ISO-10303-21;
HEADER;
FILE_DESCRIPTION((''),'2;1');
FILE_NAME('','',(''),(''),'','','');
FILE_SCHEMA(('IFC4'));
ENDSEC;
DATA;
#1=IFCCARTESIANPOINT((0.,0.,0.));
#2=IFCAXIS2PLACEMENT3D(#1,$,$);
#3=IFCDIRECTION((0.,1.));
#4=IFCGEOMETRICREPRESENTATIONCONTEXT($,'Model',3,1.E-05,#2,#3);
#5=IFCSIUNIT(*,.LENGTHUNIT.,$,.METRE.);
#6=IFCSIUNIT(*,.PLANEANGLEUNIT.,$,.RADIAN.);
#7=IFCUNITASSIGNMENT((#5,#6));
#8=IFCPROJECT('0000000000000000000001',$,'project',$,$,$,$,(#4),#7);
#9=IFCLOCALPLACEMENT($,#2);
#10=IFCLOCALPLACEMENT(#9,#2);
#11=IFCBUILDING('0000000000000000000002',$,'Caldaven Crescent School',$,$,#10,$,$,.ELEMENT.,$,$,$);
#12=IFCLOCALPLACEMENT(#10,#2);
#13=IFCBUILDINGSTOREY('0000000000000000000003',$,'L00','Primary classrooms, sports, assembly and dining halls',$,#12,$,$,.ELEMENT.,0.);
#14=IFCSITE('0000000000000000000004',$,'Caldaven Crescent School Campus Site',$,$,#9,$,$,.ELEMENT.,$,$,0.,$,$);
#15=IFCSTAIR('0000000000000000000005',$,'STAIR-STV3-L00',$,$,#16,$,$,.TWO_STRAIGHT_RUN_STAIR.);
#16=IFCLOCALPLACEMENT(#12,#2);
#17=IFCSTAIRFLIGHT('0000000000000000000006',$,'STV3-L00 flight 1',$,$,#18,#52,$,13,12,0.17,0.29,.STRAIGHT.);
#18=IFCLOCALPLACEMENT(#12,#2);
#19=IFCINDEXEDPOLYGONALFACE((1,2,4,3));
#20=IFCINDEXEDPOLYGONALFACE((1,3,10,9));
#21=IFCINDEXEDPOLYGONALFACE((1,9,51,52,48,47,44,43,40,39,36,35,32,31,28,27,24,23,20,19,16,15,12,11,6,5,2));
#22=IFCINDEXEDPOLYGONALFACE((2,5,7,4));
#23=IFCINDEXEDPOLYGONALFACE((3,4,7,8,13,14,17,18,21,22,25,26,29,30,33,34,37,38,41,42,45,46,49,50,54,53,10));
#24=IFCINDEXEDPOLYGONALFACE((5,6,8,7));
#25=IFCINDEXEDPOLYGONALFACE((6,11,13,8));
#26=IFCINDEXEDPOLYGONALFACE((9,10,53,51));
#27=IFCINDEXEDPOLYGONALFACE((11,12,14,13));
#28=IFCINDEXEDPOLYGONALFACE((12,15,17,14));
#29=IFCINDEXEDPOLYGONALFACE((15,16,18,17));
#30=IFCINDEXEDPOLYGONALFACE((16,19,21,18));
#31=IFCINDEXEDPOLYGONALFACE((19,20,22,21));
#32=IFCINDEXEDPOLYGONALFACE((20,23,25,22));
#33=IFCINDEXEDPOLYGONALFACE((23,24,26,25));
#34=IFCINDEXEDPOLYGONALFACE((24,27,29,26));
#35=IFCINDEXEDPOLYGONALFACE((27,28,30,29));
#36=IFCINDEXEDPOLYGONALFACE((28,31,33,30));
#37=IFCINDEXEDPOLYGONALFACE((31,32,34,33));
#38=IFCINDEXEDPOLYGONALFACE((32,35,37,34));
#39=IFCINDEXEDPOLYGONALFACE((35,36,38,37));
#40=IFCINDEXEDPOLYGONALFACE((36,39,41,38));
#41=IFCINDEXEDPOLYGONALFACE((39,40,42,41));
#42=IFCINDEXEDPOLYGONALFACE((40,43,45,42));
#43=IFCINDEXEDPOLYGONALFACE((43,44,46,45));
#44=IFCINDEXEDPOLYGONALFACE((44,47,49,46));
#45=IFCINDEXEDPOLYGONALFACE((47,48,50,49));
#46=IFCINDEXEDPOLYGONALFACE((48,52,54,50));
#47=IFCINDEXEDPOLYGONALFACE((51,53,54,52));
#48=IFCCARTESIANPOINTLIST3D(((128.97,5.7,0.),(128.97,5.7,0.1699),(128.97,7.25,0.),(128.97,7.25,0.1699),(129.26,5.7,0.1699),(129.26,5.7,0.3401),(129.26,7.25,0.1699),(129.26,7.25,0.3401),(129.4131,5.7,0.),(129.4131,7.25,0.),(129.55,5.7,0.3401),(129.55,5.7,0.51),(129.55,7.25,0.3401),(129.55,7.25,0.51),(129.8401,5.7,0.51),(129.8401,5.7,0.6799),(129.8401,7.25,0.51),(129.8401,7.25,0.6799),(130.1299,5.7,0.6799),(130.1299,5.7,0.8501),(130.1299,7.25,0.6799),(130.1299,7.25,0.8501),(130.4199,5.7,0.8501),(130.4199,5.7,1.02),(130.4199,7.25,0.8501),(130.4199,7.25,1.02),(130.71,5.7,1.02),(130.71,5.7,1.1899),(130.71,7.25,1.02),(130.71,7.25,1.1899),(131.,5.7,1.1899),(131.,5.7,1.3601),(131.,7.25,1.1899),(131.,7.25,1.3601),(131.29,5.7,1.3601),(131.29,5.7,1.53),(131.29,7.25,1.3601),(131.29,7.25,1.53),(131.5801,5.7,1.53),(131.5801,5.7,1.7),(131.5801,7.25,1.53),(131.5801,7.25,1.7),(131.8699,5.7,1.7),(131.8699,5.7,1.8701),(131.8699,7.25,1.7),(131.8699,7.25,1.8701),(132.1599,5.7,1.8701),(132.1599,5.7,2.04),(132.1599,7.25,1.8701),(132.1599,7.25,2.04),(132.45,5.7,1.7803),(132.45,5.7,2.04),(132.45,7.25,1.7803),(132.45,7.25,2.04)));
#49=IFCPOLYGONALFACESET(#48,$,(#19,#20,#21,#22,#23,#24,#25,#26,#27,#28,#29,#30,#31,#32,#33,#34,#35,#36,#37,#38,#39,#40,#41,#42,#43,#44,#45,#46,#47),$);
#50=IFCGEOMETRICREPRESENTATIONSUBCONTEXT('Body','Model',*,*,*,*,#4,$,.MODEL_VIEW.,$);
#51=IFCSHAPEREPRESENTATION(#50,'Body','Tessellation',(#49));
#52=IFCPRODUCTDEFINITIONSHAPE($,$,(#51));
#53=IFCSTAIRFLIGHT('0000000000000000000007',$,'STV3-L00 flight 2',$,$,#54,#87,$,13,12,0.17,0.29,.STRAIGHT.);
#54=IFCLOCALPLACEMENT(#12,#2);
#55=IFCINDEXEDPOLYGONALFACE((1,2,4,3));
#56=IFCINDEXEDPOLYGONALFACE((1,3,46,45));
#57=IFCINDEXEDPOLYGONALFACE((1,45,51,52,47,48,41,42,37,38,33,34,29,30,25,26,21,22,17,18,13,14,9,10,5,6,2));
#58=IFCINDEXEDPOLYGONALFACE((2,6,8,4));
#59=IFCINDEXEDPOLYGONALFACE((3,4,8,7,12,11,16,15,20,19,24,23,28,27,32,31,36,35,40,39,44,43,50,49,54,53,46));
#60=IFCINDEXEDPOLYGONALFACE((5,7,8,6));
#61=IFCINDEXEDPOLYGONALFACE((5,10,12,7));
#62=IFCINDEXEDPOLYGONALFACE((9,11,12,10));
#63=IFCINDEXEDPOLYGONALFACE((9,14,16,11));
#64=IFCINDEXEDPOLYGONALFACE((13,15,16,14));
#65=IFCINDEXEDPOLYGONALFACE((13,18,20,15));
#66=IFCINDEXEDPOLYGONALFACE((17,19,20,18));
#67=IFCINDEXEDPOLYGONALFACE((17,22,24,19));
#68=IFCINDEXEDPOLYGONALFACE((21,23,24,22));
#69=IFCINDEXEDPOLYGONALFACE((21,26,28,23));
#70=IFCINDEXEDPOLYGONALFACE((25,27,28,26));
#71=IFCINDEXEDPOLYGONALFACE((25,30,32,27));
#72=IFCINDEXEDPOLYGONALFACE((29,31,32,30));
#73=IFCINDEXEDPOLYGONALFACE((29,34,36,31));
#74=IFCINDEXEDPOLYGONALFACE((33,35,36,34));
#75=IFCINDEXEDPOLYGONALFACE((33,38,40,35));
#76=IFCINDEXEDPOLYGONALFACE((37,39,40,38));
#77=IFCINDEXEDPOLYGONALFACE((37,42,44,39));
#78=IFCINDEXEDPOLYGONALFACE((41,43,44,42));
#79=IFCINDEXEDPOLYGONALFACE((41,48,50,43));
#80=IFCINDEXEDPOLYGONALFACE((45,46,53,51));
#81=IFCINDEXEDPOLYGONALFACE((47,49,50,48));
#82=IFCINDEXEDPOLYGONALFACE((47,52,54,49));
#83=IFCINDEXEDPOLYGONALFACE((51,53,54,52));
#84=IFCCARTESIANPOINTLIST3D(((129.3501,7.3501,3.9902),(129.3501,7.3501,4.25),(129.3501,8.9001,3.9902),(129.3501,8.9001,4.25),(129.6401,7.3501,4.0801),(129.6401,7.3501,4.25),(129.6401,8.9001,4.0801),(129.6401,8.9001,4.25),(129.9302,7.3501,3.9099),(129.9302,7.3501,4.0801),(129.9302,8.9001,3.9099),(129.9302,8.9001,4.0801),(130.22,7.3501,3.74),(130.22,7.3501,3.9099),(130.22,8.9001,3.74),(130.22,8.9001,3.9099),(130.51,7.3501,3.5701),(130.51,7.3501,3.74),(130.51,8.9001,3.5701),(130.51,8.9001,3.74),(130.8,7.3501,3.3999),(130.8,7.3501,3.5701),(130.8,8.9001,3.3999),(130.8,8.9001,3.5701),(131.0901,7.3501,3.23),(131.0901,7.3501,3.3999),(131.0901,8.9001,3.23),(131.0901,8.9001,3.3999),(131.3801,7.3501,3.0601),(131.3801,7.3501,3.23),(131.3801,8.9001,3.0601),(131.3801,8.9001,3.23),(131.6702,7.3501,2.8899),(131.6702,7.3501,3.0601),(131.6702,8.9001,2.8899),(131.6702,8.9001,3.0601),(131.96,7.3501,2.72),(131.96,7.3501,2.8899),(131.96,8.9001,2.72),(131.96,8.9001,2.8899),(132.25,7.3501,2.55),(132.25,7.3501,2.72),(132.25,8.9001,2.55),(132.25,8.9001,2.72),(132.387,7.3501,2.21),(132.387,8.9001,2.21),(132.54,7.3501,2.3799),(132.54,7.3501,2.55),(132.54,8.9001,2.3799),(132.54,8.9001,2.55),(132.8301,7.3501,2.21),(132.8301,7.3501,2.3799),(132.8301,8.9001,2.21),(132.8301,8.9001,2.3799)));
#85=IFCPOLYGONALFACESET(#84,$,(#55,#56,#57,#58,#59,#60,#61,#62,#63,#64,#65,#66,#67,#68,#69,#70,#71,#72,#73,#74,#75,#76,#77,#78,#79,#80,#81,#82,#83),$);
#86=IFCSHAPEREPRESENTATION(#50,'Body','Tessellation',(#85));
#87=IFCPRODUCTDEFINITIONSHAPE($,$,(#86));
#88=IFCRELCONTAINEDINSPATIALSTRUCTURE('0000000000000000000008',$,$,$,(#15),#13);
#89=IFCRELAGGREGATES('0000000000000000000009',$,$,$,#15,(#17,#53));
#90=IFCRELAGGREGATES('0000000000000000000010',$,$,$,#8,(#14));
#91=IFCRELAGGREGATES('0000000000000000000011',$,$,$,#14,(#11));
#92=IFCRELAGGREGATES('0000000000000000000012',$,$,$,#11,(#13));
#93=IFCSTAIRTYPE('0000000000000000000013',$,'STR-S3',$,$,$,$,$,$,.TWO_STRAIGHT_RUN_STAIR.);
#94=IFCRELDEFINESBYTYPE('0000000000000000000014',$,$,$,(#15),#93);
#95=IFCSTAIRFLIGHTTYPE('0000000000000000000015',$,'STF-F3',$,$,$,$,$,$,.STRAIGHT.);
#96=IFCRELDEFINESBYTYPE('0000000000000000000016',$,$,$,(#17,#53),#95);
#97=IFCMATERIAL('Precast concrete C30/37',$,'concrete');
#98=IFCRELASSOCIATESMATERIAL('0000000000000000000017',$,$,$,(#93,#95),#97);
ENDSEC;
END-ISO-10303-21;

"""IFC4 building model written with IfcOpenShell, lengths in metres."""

from ifc_helpers import new_model, si_unit, direction, frame, origin, place, context, subcontext, project, spatial, polyline, outline, extrude, material, type_object, element, aggregate, save


model = new_model("IFC4")

# Units and contexts
model_context = context("Model", 3, precision=1e-05, world=origin(), true_north=direction((0.0, 1.0)))
body_context = subcontext(model_context, "Body", "Model", "MODEL_VIEW")
ifc_project = project(units=[si_unit("LENGTHUNIT", "METRE"), si_unit("PLANEANGLEUNIT", "RADIAN")], contexts=[model_context])

# Site, building, storey
site_placement = place(None, origin())
site = spatial("IfcSite", under=ifc_project, at=site_placement, Name="Caldaven Crescent School Campus Site", CompositionType="ELEMENT", RefElevation=0.0)
building_placement = place(site_placement, origin())
building = spatial("IfcBuilding", under=site, at=building_placement, Name="Caldaven Crescent School", CompositionType="ELEMENT")
storey_placement = place(building_placement, origin())
storey = spatial("IfcBuildingStorey", under=building, at=storey_placement, Name="L00", Description="Primary classrooms, sports, assembly and dining halls", CompositionType="ELEMENT", Elevation=0.0)

# Stair, stair flights
ifc_material_1 = material(Name="Precast concrete C30/37", Category="concrete")
stair_type = type_object("IfcStairType", Name="STR-S3", PredefinedType="TWO_STRAIGHT_RUN_STAIR", material=ifc_material_1)
stair_placement = place(storey_placement, origin())
stair = element("IfcStair", 1, at=stair_placement, inside=storey, type_object=stair_type, Name="STAIR-STV3-L00", PredefinedType="TWO_STRAIGHT_RUN_STAIR")
stair_flight_type = type_object("IfcStairFlightType", Name="STF-F3", PredefinedType="STRAIGHT", material=ifc_material_1)
stair_flight_1_placement = place(storey_placement, frame((128.97, 6.4751, 0.0), z_axis=(0.0, 0.0, 1.0), x_axis=(1.0, 0.0, 0.0)))
stair_flight_1 = element("IfcStairFlight", 2, at=stair_flight_1_placement, type_object=stair_flight_type, Name="STV3-L00 flight 1", NumberOfRisers=13, NumberOfTreads=12, PredefinedType="STRAIGHT", RiserHeight=0.17, TreadLength=0.29, context=body_context, shape_type="SweptSolid", body=[
    extrude(outline(polyline([(0.0, 0.0), (0.0, 0.1699), (0.29, 0.1699), (0.29, 0.3401), (0.5801, 0.3401), (0.5801, 0.51), (0.8701, 0.51), (0.8701, 0.6799), (1.1599, 0.6799), (1.1599, 0.8501), (1.45, 0.8501), (1.45, 1.02), (1.74, 1.02), (1.74, 1.1899), (2.03, 1.1899), (2.03, 1.3601), (2.3201, 1.3601), (2.3201, 1.53), (2.6101, 1.53), (2.6101, 1.7), (2.8999, 1.7), (2.8999, 1.8701), (3.1899, 1.8701), (3.1899, 2.04), (3.48, 2.04), (3.48, 2.21), (3.48, 1.7803), (0.4431, 0.0), (0.0, 0.0)])), frame((0.0, 0.7749, 0.0), z_axis=(0.0, -1.0, 0.0), x_axis=(1.0, 0.0, 0.0)), (0.0, 0.0, 1.0), 1.55),
])
stair_flight_2_placement = place(storey_placement, frame((132.8301, 8.125, 2.21), z_axis=(0.0, 0.0, 1.0), x_axis=(-1.0, 0.0, 0.0)))
stair_flight_2 = element("IfcStairFlight", 3, at=stair_flight_2_placement, type_object=stair_flight_type, Name="STV3-L00 flight 2", NumberOfRisers=13, NumberOfTreads=12, PredefinedType="STRAIGHT", RiserHeight=0.17, TreadLength=0.29, context=body_context, shape_type="SweptSolid", body=[
    extrude(outline(polyline([(0.0, 0.0), (0.0, 0.1699), (0.29, 0.1699), (0.29, 0.3401), (0.5801, 0.3401), (0.5801, 0.51), (0.8701, 0.51), (0.8701, 0.6799), (1.1599, 0.6799), (1.1599, 0.8501), (1.45, 0.8501), (1.45, 1.02), (1.74, 1.02), (1.74, 1.1899), (2.03, 1.1899), (2.03, 1.3601), (2.3201, 1.3601), (2.3201, 1.53), (2.6101, 1.53), (2.6101, 1.7), (2.8999, 1.7), (2.8999, 1.8701), (3.1899, 1.8701), (3.1899, 2.04), (3.48, 2.04), (3.48, 2.21), (3.48, 1.7803), (0.4431, 0.0), (0.0, 0.0)])), frame((0.0, 0.7749, 0.0), z_axis=(0.0, -1.0, 0.0), x_axis=(1.0, 0.0, 0.0)), (0.0, 0.0, 1.0), 1.55),
])
aggregate(stair, [stair_flight_1, stair_flight_2])

save(model, "model.ifc")
